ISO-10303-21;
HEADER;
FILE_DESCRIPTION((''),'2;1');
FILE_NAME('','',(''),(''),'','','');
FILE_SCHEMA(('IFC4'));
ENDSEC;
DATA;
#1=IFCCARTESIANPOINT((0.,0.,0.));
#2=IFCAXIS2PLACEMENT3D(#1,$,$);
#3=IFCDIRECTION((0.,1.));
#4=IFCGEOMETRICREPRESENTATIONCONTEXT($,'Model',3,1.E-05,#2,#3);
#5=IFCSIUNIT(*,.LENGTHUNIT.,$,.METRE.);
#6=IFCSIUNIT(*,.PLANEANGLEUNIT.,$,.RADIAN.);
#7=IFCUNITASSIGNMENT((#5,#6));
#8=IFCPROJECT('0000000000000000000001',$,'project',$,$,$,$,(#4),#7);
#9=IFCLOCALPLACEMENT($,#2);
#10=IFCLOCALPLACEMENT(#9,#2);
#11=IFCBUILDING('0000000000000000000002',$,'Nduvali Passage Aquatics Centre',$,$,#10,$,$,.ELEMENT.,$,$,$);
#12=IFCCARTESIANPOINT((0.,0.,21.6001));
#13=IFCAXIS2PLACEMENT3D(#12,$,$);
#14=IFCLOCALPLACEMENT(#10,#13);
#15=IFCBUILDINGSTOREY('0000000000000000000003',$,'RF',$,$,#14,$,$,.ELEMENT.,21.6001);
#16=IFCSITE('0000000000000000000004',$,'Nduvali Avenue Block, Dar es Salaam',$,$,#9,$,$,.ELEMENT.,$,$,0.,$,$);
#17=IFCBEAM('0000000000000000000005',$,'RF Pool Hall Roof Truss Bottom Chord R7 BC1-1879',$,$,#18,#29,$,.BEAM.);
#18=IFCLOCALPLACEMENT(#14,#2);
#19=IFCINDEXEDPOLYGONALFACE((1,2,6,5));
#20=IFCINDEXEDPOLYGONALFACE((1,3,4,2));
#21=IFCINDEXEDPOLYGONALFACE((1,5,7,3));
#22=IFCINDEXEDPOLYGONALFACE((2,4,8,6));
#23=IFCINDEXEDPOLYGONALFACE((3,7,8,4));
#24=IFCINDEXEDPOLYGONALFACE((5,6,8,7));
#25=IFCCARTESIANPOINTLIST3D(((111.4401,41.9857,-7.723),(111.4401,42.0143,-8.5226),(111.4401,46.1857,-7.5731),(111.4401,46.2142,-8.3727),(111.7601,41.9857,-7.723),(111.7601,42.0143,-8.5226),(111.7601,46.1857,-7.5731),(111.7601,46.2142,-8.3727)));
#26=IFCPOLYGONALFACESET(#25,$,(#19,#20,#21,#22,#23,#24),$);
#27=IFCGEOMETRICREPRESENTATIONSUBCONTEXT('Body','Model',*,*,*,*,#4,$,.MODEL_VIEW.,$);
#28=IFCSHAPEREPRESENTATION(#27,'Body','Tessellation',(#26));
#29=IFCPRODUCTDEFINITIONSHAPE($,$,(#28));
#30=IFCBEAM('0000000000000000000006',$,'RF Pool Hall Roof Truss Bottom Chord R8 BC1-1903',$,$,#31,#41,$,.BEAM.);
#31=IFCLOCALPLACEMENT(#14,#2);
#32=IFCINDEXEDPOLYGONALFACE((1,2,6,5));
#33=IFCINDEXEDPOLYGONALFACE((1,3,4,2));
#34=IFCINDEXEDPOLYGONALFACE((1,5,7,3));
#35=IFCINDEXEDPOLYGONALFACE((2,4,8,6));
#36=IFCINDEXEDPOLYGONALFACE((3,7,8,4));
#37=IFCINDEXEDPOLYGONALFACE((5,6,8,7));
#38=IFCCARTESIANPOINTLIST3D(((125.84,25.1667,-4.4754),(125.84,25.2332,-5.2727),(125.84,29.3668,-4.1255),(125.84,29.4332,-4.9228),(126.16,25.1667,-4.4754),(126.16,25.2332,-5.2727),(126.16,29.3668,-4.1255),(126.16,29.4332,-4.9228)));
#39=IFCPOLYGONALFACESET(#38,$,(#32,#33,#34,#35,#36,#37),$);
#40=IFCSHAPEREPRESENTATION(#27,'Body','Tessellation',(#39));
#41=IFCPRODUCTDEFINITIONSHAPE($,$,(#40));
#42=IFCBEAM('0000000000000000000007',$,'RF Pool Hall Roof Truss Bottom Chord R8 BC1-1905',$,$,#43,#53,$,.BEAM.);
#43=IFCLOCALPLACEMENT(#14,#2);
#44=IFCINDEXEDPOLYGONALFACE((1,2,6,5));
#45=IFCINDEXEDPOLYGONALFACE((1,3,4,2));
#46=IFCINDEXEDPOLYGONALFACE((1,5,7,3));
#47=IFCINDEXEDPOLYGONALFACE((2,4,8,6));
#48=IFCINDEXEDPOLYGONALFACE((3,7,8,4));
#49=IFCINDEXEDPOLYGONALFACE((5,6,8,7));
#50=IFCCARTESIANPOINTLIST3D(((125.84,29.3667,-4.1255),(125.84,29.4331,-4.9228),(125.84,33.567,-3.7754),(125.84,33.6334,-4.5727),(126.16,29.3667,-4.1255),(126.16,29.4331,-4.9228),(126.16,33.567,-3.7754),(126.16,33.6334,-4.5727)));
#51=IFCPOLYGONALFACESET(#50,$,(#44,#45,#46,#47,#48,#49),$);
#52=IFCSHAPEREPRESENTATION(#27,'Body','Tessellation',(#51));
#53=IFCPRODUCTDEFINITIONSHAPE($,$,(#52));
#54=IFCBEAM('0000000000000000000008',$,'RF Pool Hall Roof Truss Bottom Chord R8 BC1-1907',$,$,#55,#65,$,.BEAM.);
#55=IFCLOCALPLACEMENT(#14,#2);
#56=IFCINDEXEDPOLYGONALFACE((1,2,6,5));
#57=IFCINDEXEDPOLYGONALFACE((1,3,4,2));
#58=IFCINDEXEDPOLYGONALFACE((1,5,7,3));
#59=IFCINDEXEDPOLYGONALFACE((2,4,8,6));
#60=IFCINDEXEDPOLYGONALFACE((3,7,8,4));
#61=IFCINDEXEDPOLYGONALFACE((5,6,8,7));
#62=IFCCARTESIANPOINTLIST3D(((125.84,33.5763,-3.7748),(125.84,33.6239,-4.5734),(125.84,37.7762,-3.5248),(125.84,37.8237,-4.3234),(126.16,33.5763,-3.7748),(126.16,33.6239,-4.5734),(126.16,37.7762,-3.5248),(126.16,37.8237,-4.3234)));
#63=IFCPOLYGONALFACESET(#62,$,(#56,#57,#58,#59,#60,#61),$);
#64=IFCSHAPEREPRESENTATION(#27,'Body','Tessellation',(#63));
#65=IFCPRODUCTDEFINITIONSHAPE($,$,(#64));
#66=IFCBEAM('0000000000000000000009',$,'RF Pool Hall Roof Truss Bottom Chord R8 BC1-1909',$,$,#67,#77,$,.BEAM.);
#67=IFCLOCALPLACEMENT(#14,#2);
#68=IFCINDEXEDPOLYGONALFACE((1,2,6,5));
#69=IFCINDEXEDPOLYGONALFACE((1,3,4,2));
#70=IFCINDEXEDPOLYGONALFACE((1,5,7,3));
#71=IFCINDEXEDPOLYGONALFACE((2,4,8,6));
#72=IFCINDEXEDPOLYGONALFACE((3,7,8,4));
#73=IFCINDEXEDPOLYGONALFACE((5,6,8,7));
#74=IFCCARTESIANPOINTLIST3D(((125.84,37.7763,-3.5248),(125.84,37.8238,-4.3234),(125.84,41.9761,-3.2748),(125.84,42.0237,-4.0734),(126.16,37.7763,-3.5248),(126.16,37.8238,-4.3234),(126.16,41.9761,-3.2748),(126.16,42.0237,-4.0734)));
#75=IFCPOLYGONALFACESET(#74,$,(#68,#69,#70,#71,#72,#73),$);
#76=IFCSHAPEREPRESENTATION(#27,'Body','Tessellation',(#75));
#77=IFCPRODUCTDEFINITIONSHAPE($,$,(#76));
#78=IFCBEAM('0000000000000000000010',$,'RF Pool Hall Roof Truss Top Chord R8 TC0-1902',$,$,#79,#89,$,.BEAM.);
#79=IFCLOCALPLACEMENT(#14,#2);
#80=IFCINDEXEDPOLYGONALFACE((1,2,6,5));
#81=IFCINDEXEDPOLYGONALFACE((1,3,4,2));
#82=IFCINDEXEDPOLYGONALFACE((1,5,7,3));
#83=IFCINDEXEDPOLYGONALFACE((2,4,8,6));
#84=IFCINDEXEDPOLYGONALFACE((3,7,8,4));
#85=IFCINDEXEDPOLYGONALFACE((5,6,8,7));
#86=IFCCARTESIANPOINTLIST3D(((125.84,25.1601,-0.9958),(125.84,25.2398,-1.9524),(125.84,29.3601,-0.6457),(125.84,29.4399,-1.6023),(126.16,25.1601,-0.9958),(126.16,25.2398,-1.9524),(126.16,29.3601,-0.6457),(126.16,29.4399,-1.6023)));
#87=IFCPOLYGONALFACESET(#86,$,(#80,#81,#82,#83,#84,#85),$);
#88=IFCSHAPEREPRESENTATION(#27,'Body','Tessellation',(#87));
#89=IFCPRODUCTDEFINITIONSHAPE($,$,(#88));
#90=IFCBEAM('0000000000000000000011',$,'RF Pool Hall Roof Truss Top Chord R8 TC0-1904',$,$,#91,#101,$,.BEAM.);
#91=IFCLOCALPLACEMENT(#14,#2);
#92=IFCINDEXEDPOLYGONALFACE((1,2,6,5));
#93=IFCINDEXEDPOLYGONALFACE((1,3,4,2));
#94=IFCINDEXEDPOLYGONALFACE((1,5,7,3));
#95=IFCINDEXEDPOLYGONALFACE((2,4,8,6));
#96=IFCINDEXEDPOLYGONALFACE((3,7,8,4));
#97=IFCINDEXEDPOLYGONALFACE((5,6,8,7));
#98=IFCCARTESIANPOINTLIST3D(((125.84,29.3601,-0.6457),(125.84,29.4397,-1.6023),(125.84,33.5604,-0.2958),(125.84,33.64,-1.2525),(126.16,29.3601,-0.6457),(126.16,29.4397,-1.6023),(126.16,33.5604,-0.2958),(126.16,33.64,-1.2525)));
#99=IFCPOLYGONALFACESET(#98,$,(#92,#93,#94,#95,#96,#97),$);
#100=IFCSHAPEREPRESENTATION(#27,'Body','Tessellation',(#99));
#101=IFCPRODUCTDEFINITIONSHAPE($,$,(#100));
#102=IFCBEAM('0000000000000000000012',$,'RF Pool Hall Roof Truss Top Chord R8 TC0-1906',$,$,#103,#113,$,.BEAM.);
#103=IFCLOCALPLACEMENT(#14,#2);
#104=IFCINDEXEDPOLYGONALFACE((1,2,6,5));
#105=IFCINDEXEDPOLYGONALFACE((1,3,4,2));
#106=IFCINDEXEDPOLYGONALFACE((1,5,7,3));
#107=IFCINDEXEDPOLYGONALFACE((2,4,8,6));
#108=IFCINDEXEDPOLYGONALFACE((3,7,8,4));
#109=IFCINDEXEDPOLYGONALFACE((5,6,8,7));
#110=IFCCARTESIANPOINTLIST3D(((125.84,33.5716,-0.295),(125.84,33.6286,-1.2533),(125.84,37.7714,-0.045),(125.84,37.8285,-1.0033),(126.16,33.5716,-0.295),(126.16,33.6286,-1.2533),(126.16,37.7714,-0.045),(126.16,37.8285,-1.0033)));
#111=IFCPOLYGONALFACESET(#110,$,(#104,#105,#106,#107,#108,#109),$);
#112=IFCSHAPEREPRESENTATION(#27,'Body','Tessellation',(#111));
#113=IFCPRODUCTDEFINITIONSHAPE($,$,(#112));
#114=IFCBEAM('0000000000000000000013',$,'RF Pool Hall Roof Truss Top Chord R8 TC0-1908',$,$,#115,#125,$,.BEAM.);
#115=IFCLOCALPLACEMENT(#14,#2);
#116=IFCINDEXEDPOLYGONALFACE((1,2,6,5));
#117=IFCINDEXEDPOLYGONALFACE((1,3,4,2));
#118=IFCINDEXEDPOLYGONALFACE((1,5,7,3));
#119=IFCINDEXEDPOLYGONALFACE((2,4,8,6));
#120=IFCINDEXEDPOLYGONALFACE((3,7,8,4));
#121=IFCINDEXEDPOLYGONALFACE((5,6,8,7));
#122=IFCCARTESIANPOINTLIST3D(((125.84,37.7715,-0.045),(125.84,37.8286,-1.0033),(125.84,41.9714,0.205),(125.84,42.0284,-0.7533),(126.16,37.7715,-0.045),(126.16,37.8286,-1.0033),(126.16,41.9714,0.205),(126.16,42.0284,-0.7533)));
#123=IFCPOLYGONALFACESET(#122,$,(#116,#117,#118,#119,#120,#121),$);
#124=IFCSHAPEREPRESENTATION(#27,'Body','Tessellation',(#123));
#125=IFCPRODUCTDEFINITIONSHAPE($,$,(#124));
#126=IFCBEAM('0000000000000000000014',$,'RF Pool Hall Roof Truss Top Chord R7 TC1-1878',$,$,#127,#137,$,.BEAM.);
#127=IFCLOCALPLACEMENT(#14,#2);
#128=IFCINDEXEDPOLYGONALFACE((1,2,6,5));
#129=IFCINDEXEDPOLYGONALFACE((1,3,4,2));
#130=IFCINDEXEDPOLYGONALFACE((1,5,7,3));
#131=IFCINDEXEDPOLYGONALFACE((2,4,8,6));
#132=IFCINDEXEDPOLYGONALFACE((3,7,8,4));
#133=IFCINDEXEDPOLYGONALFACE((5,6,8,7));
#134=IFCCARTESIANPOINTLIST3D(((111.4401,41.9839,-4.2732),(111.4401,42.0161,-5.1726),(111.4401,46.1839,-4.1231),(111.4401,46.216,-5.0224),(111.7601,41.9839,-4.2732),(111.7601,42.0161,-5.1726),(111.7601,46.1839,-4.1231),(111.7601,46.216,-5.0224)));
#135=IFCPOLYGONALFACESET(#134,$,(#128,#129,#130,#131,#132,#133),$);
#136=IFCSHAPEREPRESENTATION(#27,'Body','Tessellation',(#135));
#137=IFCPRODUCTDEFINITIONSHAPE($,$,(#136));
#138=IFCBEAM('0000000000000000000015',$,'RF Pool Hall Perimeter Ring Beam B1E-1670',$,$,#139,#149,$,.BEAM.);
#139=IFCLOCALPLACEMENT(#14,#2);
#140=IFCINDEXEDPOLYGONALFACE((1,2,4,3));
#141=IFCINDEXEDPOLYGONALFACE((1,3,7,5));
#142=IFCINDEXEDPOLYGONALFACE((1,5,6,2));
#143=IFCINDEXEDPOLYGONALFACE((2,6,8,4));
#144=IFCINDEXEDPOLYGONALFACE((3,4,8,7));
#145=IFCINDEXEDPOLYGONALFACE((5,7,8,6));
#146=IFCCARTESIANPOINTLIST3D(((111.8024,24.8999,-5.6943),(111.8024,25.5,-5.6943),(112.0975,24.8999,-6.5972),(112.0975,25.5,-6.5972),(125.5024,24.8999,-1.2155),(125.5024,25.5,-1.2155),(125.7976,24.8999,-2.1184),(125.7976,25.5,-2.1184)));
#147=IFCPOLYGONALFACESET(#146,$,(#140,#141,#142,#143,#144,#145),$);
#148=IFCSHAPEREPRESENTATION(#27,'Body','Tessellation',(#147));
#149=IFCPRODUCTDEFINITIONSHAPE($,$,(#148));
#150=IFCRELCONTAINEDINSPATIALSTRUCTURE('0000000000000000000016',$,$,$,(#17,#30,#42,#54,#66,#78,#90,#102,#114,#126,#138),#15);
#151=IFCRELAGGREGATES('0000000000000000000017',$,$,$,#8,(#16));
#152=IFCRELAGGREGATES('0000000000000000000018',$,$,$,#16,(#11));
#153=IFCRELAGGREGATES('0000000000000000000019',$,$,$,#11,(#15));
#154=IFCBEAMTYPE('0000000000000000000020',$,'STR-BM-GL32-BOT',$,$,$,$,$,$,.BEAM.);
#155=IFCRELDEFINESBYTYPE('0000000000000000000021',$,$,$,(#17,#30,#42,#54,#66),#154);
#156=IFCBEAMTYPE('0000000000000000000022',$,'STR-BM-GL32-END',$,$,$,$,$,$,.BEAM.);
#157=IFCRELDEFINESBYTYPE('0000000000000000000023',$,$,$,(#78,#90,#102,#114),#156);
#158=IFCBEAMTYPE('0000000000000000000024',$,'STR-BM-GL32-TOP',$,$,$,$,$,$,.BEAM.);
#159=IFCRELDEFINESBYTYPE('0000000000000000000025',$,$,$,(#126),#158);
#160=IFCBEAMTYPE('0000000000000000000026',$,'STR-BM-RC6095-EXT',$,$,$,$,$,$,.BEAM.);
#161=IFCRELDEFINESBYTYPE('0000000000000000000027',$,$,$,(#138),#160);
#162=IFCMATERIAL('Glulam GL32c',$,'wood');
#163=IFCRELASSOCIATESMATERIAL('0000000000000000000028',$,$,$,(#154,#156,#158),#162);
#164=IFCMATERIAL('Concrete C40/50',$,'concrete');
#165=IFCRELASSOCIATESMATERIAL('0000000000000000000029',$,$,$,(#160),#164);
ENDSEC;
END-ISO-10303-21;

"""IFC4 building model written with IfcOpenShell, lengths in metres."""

from ifc_helpers import new_model, si_unit, direction, frame, origin, origin_2d, place, context, subcontext, project, spatial, rectangle, extrude, material, material_profile, profile_set, type_object, element, save


model = new_model("IFC4")

# Units and contexts
model_context = context("Model", 3, precision=1e-05, world=origin(), true_north=direction((0.0, 1.0)))
body_context = subcontext(model_context, "Body", "Model", "MODEL_VIEW")
ifc_project = project(units=[si_unit("LENGTHUNIT", "METRE"), si_unit("PLANEANGLEUNIT", "RADIAN")], contexts=[model_context])

# Site, building, storey
site_placement = place(None, origin())
site = spatial("IfcSite", under=ifc_project, at=site_placement, Name="Nduvali Avenue Block, Dar es Salaam", CompositionType="ELEMENT", RefElevation=0.0)
building_placement = place(site_placement, origin())
building = spatial("IfcBuilding", under=site, at=building_placement, Name="Nduvali Passage Aquatics Centre", CompositionType="ELEMENT")
storey_placement = place(building_placement, frame((0.0, 0.0, 21.6001)))
storey = spatial("IfcBuildingStorey", under=building, at=storey_placement, Name="RF", CompositionType="ELEMENT", Elevation=21.6001)

# Beams
ifc_material_1 = material(Name="Glulam GL32c", Category="wood")
ifc_material_profile_1 = material_profile(ifc_material_1, rectangle(XDim=0.3201, YDim=0.8, at=origin_2d()), Name="GL32c 320x800")
ifc_profile_set_1 = profile_set([ifc_material_profile_1], Name="Glulam GL32c")
beam_type_1 = type_object("IfcBeamType", Name="STR-BM-GL32-BOT", PredefinedType="BEAM", material=ifc_profile_set_1)
beam_1_placement = place(storey_placement, frame((111.6001, 42.0, -8.1228), z_axis=(0.0, 0.999364, 0.035669), x_axis=(-1.0, 0.0, 0.0)))
element("IfcBeam", 1, at=beam_1_placement, inside=storey, type_object=beam_type_1, Name="RF Pool Hall Roof Truss Bottom Chord R7 BC1-1879", PredefinedType="BEAM", context=body_context, shape_type="SweptSolid", body=[
    extrude(rectangle(XDim=0.3201, YDim=0.8, at=origin_2d()), origin(), (0.0, 0.0, 1.0), 4.2026),
])
beam_2_placement = place(storey_placement, frame((126.0, 25.2, -4.874), z_axis=(0.0, 0.996549, 0.083012), x_axis=(-1.0, 0.0, 0.0)))
element("IfcBeam", 2, at=beam_2_placement, inside=storey, type_object=beam_type_1, Name="RF Pool Hall Roof Truss Bottom Chord R8 BC1-1903", PredefinedType="BEAM", context=body_context, shape_type="SweptSolid", body=[
    extrude(rectangle(XDim=0.3201, YDim=0.8, at=origin_2d()), origin(), (0.0, 0.0, 1.0), 4.2146),
])
beam_3_placement = place(storey_placement, frame((126.0, 29.3999, -4.5242), z_axis=(0.0, 0.996544, 0.083065), x_axis=(-1.0, 0.0, 0.0)))
element("IfcBeam", 3, at=beam_3_placement, inside=storey, type_object=beam_type_1, Name="RF Pool Hall Roof Truss Bottom Chord R8 BC1-1905", PredefinedType="BEAM", context=body_context, shape_type="SweptSolid", body=[
    extrude(rectangle(XDim=0.3201, YDim=0.8, at=origin_2d()), origin(), (0.0, 0.0, 1.0), 4.2148),
])
for number, where, z_axis, x_axis, name in (
    (4, (126.0, 33.6001, -4.1741), (0.0, 0.998233, 0.059419), (-1.0, 0.0, 0.0), "RF Pool Hall Roof Truss Bottom Chord R8 BC1-1907"),
    (5, (126.0, 37.8, -3.9241), (0.0, 0.998233, 0.059419), (-1.0, 0.0, 0.0), "RF Pool Hall Roof Truss Bottom Chord R8 BC1-1909"),
):
    element("IfcBeam", number, at=place(storey_placement, frame(where, z_axis=z_axis, x_axis=x_axis)), inside=storey, type_object=beam_type_1, Name=name, PredefinedType="BEAM", context=body_context, shape_type="SweptSolid", body=[
        extrude(rectangle(XDim=0.3201, YDim=0.8, at=origin_2d()), origin(), (0.0, 0.0, 1.0), 4.2073),
    ])
ifc_material_profile_2 = material_profile(ifc_material_1, rectangle(XDim=0.3201, YDim=0.96, at=origin_2d()), Name="GL32c 320x960")
ifc_profile_set_2 = profile_set([ifc_material_profile_2], Name="Glulam GL32c")
beam_type_2 = type_object("IfcBeamType", Name="STR-BM-GL32-END", PredefinedType="BEAM", material=ifc_profile_set_2)
beam_4_placement = place(storey_placement, frame((126.0, 25.2, -1.4741), z_axis=(0.0, 0.996544, 0.083069), x_axis=(-1.0, 0.0, 0.0)))
element("IfcBeam", 6, at=beam_4_placement, inside=storey, type_object=beam_type_2, Name="RF Pool Hall Roof Truss Top Chord R8 TC0-1902", PredefinedType="BEAM", context=body_context, shape_type="SweptSolid", body=[
    extrude(rectangle(XDim=0.3201, YDim=0.96, at=origin_2d()), origin(), (0.0, 0.0, 1.0), 4.2146),
])
beam_5_placement = place(storey_placement, frame((126.0, 29.3999, -1.124), z_axis=(0.0, 0.996549, 0.083007), x_axis=(-1.0, 0.0, 0.0)))
element("IfcBeam", 7, at=beam_5_placement, inside=storey, type_object=beam_type_2, Name="RF Pool Hall Roof Truss Top Chord R8 TC0-1904", PredefinedType="BEAM", context=body_context, shape_type="SweptSolid", body=[
    extrude(rectangle(XDim=0.3201, YDim=0.96, at=origin_2d()), origin(), (0.0, 0.0, 1.0), 4.2148),
])
for number, where, z_axis, x_axis, name in (
    (8, (126.0, 33.6001, -0.7742), (0.0, 0.998233, 0.059419), (-1.0, 0.0, 0.0), "RF Pool Hall Roof Truss Top Chord R8 TC0-1906"),
    (9, (126.0, 37.8, -0.5242), (0.0, 0.998233, 0.059419), (-1.0, 0.0, 0.0), "RF Pool Hall Roof Truss Top Chord R8 TC0-1908"),
):
    element("IfcBeam", number, at=place(storey_placement, frame(where, z_axis=z_axis, x_axis=x_axis)), inside=storey, type_object=beam_type_2, Name=name, PredefinedType="BEAM", context=body_context, shape_type="SweptSolid", body=[
        extrude(rectangle(XDim=0.3201, YDim=0.96, at=origin_2d()), origin(), (0.0, 0.0, 1.0), 4.2073),
    ])
ifc_material_profile_3 = material_profile(ifc_material_1, rectangle(XDim=0.3201, YDim=0.8999, at=origin_2d()), Name="GL32c 320x900")
ifc_profile_set_3 = profile_set([ifc_material_profile_3], Name="Glulam GL32c")
beam_type_3 = type_object("IfcBeamType", Name="STR-BM-GL32-TOP", PredefinedType="BEAM", material=ifc_profile_set_3)
beam_6_placement = place(storey_placement, frame((111.6001, 42.0, -4.7229), z_axis=(0.0, 0.999362, 0.035727), x_axis=(-1.0, 0.0, 0.0)))
element("IfcBeam", 10, at=beam_6_placement, inside=storey, type_object=beam_type_3, Name="RF Pool Hall Roof Truss Top Chord R7 TC1-1878", PredefinedType="BEAM", context=body_context, shape_type="SweptSolid", body=[
    extrude(rectangle(XDim=0.3201, YDim=0.8999, at=origin_2d()), origin(), (0.0, 0.0, 1.0), 4.2026),
])
ifc_material_2 = material(Name="Concrete C40/50", Category="concrete")
ifc_material_profile_4 = material_profile(ifc_material_2, rectangle(XDim=0.6001, YDim=0.95, at=origin_2d()), Name="RC 600x950")
ifc_profile_set_4 = profile_set([ifc_material_profile_4], Name="Concrete C40/50")
beam_type_4 = type_object("IfcBeamType", Name="STR-BM-RC6095-EXT", PredefinedType="BEAM", material=ifc_profile_set_4)
beam_7_placement = place(storey_placement, frame((111.95, 25.2, -6.1458), z_axis=(0.950497, 0.0, 0.310734), x_axis=(0.0, 1.0, 0.0)))
element("IfcBeam", 11, at=beam_7_placement, inside=storey, type_object=beam_type_4, Name="RF Pool Hall Perimeter Ring Beam B1E-1670", PredefinedType="BEAM", context=body_context, shape_type="SweptSolid", body=[
    extrude(rectangle(XDim=0.6001, YDim=0.95, at=origin_2d()), origin(), (0.0, 0.0, 1.0), 14.4136),
])

save(model, "model.ifc")
